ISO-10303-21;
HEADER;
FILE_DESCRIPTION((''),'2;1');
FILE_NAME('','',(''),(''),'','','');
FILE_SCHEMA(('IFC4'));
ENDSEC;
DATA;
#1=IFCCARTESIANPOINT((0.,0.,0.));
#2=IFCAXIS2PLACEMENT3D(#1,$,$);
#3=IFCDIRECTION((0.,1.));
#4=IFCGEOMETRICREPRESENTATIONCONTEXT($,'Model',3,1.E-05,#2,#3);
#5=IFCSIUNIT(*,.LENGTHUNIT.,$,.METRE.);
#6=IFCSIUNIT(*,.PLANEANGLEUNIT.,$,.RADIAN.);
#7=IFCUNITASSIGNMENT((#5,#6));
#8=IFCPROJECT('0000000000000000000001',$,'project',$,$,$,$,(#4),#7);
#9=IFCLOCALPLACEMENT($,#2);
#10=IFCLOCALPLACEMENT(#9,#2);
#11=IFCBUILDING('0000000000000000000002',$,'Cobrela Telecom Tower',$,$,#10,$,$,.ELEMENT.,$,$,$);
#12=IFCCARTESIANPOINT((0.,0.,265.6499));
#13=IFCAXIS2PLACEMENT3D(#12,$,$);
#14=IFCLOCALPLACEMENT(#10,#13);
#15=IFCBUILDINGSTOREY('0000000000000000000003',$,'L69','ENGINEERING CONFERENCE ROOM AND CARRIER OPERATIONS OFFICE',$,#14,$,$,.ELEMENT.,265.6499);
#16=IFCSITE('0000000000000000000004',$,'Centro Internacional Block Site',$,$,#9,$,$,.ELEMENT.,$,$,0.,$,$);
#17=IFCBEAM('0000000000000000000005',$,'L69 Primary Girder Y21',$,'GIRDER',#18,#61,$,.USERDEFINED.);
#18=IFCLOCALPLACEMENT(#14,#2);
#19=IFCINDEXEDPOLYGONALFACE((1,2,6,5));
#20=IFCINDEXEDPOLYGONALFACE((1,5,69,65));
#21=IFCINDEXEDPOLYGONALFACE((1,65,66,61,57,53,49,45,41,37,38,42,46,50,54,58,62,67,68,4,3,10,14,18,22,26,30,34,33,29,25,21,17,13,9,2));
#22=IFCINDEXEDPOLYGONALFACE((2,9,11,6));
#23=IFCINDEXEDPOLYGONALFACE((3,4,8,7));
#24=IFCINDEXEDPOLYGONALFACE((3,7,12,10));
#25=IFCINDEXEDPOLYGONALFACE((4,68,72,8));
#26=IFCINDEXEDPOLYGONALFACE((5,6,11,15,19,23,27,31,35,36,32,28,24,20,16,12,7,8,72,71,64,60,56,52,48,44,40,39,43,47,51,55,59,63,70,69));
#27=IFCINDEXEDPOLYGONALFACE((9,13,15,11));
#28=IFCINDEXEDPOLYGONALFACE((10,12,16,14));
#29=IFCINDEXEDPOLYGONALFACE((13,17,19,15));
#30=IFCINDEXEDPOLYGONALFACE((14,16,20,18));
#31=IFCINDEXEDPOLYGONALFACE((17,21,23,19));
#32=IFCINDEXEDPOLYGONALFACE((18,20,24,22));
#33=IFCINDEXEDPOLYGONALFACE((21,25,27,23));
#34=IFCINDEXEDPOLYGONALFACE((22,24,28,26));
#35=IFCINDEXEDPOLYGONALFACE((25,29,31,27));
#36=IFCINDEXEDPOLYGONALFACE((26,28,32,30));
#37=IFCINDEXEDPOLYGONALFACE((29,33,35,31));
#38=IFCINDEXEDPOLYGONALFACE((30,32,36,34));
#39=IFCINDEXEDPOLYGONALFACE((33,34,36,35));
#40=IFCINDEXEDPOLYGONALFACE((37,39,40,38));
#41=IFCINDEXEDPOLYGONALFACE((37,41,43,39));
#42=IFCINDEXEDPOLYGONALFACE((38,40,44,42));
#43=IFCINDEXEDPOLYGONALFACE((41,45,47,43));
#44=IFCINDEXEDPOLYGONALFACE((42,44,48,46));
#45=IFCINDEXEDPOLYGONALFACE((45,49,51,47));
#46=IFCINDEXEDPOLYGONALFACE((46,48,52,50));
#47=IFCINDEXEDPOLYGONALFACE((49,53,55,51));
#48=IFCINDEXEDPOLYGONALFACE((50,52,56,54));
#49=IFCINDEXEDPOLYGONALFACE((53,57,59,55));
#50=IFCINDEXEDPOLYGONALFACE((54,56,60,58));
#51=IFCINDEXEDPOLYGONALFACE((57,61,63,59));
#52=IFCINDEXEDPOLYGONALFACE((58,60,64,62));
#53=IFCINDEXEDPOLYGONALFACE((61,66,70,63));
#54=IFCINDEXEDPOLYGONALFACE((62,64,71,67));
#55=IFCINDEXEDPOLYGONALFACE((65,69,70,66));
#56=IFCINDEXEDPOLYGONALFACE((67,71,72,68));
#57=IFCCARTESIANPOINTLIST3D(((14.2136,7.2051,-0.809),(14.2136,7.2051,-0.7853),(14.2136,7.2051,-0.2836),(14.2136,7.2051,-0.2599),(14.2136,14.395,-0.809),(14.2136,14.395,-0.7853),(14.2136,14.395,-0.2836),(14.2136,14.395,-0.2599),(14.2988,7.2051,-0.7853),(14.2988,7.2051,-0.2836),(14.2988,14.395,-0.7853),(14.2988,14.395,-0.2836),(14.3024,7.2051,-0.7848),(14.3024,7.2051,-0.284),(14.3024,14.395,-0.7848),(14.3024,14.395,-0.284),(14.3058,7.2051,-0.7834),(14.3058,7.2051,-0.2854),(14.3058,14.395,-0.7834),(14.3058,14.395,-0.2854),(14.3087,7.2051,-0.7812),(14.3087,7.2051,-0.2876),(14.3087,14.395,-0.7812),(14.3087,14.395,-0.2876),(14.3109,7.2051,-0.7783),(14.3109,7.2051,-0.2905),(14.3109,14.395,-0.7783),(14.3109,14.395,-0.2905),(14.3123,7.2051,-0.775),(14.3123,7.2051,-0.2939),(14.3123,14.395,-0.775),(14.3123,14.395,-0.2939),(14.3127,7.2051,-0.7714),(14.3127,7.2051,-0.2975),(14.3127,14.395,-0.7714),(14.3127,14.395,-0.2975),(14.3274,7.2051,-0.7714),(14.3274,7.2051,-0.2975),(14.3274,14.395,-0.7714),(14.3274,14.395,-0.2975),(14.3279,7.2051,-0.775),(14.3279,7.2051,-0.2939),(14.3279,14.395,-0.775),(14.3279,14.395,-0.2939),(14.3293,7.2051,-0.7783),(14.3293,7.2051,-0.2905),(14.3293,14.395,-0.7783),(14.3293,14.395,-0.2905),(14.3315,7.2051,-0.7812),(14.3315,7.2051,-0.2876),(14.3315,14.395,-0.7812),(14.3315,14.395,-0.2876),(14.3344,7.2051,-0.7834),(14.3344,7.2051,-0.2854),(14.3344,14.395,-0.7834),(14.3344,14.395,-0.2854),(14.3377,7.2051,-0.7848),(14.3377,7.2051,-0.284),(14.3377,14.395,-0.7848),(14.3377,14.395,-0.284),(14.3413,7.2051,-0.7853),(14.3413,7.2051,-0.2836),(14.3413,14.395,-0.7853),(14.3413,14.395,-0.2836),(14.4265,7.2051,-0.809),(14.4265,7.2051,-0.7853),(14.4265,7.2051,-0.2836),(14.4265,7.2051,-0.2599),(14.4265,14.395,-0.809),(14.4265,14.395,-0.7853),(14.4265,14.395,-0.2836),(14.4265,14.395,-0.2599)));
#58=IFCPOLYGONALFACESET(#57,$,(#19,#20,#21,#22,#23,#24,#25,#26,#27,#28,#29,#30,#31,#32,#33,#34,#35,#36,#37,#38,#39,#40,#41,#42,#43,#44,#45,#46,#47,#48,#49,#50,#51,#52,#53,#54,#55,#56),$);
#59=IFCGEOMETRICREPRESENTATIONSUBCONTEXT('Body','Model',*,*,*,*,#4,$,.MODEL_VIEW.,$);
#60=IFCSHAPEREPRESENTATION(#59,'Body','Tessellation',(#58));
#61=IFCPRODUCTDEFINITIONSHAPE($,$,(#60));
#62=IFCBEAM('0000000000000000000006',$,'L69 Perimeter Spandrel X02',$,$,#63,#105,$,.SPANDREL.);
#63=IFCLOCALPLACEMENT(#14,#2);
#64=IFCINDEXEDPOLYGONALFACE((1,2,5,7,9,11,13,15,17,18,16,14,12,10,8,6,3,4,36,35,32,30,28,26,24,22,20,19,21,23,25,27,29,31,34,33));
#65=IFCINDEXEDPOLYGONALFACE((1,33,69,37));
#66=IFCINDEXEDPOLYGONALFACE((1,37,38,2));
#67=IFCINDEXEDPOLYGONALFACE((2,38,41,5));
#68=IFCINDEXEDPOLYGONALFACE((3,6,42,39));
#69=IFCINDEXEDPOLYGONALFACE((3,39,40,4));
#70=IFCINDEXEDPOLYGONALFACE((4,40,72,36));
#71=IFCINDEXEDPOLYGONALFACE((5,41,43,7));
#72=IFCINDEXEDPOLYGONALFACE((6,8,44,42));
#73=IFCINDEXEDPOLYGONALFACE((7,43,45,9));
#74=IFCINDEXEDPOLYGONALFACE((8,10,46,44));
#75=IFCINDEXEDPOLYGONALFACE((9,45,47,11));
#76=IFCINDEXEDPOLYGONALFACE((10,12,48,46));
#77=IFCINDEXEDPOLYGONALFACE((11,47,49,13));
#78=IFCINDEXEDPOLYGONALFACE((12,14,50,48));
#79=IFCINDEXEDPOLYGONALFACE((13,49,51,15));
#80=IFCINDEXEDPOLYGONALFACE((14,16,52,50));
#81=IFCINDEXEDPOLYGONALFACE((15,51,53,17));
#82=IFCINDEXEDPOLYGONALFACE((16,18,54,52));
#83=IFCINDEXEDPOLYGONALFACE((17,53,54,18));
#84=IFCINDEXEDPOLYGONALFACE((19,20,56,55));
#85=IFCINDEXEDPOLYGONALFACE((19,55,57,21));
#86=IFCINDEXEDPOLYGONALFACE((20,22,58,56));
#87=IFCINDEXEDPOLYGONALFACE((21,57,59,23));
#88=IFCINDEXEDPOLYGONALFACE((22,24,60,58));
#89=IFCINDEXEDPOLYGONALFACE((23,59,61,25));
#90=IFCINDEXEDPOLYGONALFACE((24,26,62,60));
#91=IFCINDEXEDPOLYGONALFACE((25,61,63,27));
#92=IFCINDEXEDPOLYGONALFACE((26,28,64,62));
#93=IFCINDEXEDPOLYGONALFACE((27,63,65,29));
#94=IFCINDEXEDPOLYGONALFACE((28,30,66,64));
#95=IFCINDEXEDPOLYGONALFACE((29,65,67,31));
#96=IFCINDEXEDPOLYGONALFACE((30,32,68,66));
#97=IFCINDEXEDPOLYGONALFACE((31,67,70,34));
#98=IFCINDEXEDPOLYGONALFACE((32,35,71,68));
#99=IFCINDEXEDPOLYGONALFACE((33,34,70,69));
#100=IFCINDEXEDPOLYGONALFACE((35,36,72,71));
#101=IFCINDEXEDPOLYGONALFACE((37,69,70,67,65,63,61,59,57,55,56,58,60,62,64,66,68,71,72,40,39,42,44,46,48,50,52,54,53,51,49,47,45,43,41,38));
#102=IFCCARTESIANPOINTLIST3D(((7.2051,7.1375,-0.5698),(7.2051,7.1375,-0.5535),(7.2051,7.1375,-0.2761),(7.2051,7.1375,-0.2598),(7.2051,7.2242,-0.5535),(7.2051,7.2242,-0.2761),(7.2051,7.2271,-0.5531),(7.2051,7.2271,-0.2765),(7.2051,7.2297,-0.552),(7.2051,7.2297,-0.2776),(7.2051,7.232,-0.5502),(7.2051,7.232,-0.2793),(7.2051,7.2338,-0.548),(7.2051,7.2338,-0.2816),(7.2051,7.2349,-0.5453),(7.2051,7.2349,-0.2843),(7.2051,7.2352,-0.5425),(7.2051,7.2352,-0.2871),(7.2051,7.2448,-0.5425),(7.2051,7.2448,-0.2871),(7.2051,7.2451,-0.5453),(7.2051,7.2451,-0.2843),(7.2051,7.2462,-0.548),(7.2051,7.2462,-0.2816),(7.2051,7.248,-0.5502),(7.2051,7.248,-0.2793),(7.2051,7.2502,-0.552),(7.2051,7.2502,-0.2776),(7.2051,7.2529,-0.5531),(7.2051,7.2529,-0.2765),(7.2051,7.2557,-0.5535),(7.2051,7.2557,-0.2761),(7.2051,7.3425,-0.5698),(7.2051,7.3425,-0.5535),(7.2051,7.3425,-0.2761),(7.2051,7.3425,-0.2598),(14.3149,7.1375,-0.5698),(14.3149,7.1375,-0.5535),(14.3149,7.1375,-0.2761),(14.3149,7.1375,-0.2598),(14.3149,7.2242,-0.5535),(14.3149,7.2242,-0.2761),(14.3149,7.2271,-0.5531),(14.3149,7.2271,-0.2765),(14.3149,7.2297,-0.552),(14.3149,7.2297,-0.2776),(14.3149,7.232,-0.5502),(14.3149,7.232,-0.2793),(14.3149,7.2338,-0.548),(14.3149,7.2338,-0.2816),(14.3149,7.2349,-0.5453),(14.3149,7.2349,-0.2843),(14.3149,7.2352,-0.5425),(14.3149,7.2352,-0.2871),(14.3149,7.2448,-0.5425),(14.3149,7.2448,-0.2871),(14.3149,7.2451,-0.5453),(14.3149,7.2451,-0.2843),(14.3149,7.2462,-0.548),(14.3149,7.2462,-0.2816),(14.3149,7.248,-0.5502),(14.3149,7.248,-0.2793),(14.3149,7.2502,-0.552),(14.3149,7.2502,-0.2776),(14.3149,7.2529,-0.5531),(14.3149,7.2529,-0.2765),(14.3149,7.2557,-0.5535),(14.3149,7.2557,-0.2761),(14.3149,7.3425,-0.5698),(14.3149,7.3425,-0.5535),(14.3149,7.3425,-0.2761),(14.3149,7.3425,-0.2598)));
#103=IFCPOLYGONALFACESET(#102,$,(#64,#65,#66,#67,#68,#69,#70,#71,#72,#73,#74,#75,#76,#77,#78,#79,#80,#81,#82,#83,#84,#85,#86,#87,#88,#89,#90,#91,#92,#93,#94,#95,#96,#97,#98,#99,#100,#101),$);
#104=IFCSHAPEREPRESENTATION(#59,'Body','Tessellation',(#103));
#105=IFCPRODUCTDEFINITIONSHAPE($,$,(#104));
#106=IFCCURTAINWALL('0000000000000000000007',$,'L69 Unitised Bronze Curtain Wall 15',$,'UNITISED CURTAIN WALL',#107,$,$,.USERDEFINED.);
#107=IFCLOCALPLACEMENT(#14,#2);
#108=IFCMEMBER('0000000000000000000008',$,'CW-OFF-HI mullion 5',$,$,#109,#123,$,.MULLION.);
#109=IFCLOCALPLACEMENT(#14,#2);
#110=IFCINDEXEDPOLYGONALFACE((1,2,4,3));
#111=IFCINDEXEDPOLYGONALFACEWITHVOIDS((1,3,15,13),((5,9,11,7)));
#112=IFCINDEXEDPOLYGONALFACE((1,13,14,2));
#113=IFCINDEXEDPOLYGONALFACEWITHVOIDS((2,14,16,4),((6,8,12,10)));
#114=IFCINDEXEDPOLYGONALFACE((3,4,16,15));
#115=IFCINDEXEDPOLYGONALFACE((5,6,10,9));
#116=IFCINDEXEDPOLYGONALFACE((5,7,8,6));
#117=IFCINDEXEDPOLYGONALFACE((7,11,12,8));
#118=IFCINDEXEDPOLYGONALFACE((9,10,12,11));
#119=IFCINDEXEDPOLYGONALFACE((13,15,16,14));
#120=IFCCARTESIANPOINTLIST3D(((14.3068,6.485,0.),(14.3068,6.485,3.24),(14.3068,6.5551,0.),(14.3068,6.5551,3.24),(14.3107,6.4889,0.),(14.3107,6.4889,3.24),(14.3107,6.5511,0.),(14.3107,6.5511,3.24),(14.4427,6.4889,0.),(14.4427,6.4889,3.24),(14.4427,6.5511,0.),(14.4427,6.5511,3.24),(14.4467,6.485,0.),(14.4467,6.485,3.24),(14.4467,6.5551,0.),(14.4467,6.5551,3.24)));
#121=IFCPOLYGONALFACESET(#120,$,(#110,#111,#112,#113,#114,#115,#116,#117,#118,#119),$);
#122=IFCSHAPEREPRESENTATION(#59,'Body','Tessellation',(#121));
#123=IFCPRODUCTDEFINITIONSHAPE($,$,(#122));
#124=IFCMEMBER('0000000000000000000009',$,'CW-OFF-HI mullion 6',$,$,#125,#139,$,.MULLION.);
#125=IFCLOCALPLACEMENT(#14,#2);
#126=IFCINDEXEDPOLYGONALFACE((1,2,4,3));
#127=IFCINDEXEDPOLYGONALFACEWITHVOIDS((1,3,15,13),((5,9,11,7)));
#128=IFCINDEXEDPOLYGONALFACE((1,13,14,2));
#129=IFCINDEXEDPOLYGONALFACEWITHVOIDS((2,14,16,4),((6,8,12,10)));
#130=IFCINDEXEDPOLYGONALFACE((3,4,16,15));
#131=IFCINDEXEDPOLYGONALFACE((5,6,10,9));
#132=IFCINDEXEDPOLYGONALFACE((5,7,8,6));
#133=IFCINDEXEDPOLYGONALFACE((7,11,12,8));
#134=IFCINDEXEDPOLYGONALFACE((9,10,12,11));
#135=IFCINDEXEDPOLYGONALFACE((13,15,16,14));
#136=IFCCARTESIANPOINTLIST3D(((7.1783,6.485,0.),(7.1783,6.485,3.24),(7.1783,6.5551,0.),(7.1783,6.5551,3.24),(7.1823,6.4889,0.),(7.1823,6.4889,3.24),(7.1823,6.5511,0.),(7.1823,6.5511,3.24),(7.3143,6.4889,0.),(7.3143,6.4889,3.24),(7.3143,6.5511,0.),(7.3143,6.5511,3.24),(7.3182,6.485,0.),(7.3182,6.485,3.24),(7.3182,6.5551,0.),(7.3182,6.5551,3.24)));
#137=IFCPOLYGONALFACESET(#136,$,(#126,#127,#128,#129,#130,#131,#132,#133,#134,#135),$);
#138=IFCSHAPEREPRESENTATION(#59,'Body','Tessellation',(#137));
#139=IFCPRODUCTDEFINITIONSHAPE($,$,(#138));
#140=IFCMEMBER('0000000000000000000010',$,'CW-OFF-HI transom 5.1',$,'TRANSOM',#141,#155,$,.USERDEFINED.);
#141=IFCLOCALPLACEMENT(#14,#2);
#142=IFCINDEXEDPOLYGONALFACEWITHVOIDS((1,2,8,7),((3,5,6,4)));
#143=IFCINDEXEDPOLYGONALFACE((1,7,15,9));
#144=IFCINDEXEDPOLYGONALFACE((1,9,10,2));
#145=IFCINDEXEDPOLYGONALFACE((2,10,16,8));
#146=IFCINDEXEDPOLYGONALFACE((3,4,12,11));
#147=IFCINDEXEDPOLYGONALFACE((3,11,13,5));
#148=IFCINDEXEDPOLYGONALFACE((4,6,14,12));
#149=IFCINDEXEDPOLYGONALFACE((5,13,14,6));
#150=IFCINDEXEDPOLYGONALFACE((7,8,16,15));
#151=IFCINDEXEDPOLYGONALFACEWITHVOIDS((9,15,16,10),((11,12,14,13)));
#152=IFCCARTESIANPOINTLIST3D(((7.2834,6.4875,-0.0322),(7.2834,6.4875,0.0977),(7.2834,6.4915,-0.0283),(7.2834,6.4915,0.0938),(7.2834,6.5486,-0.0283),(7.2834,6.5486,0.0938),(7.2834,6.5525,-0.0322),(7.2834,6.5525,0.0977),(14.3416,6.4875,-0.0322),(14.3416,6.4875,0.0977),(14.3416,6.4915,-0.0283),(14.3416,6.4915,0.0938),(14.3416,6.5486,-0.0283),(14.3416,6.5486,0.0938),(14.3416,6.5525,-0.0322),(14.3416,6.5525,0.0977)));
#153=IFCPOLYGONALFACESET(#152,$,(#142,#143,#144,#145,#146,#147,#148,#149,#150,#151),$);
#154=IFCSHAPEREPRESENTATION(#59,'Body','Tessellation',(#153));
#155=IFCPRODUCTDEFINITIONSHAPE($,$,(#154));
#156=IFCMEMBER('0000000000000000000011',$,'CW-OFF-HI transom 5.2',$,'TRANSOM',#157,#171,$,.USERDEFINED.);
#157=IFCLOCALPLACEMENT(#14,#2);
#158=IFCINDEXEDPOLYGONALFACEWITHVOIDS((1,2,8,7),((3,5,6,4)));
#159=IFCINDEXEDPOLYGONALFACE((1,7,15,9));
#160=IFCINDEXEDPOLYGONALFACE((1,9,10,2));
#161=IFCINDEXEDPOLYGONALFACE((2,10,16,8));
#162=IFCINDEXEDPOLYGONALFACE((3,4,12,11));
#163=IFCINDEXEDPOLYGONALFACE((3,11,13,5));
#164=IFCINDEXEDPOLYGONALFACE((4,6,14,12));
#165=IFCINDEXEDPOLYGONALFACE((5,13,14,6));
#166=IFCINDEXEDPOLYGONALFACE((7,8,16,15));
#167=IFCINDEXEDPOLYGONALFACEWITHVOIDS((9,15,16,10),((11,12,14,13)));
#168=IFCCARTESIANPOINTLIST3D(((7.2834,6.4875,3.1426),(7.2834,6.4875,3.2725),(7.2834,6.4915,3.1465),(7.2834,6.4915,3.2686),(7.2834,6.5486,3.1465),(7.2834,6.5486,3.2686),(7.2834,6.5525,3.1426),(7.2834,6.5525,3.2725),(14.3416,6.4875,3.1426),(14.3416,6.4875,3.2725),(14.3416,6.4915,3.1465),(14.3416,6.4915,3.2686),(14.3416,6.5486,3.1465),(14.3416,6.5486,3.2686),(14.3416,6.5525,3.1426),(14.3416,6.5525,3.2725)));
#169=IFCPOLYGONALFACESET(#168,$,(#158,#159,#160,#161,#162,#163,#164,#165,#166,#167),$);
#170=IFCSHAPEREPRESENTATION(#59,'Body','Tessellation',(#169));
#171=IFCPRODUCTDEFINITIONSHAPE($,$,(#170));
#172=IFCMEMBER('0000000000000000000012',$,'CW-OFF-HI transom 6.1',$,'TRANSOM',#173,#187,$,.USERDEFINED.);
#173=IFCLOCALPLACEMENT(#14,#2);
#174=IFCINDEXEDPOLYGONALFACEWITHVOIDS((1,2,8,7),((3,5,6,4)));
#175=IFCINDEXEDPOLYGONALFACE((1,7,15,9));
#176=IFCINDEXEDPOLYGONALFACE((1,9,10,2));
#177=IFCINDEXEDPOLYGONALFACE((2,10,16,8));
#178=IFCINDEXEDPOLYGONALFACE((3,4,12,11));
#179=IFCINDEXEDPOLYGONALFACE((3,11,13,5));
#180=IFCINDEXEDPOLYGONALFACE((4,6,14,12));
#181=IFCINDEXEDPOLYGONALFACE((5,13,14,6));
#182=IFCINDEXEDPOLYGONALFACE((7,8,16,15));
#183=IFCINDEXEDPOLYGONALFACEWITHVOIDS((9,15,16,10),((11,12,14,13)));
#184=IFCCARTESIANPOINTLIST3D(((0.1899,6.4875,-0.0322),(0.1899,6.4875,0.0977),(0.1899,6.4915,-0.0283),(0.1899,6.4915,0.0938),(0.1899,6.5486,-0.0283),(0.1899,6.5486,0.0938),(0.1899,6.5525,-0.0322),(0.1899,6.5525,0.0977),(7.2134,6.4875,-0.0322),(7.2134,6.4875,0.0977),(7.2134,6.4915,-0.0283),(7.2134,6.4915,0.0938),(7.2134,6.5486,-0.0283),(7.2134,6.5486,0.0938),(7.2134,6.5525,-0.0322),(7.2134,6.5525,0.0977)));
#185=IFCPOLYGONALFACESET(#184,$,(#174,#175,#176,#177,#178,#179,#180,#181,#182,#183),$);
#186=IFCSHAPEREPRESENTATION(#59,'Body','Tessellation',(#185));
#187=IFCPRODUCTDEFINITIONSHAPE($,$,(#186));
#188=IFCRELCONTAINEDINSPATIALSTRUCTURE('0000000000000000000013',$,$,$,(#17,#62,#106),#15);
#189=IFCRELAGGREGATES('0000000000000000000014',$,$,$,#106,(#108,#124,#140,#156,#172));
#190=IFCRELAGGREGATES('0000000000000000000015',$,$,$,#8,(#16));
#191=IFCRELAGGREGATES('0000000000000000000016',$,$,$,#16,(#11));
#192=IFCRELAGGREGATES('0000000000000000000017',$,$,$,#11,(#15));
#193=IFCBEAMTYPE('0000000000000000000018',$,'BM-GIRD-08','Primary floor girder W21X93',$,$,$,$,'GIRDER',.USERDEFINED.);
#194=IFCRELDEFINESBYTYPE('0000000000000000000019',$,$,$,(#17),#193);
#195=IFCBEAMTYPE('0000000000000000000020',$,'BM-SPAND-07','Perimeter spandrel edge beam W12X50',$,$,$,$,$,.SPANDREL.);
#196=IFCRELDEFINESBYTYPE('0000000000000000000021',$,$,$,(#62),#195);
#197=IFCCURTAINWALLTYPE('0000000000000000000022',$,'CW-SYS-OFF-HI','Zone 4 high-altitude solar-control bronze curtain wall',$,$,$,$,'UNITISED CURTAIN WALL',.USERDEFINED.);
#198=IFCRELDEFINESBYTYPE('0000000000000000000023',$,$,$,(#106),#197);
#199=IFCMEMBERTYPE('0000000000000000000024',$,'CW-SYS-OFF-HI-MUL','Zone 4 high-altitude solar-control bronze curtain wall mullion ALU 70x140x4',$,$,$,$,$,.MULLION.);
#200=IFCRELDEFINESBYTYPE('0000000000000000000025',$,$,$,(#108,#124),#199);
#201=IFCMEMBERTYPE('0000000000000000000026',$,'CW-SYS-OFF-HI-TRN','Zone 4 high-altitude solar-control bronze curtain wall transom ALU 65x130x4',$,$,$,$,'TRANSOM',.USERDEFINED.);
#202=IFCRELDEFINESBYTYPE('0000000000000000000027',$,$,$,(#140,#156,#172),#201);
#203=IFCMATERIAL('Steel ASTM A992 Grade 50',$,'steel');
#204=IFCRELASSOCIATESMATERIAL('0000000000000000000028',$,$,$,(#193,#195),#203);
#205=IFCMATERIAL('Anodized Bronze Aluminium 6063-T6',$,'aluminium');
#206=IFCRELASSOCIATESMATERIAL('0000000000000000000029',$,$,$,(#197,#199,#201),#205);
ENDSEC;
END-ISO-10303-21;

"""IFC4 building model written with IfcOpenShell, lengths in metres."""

from ifc_helpers import new_model, si_unit, direction, frame, origin, origin_2d, place, context, subcontext, project, spatial, hollow_rectangle, i_section, extrude, material, material_profile, profile_set, type_object, element, aggregate, save


model = new_model("IFC4")

# Units and contexts
model_context = context("Model", 3, precision=1e-05, world=origin(), true_north=direction((0.0, 1.0)))
body_context = subcontext(model_context, "Body", "Model", "MODEL_VIEW")
ifc_project = project(units=[si_unit("LENGTHUNIT", "METRE"), si_unit("PLANEANGLEUNIT", "RADIAN")], contexts=[model_context])

# Site, building, storey
site_placement = place(None, origin())
site = spatial("IfcSite", under=ifc_project, at=site_placement, Name="Centro Internacional Block Site", CompositionType="ELEMENT", RefElevation=0.0)
building_placement = place(site_placement, origin())
building = spatial("IfcBuilding", under=site, at=building_placement, Name="Cobrela Telecom Tower", CompositionType="ELEMENT")
storey_placement = place(building_placement, frame((0.0, 0.0, 265.6499)))
storey = spatial("IfcBuildingStorey", under=building, at=storey_placement, Name="L69", Description="ENGINEERING CONFERENCE ROOM AND CARRIER OPERATIONS OFFICE", CompositionType="ELEMENT", Elevation=265.6499)

# Beams
ifc_material_1 = material(Name="Steel ASTM A992 Grade 50", Category="steel")
ifc_material_profile_1 = material_profile(ifc_material_1, i_section(OverallWidth=0.2129, OverallDepth=0.5491, WebThickness=0.0146, FlangeThickness=0.0237, FilletRadius=0.0139, at=origin_2d()), Name="W21X93")
ifc_profile_set_1 = profile_set([ifc_material_profile_1], Name="Steel ASTM A992 Grade 50")
beam_type_1 = type_object("IfcBeamType", Name="BM-GIRD-08", Description="Primary floor girder W21X93", ElementType="GIRDER", PredefinedType="USERDEFINED", material=ifc_profile_set_1)
beam_1_placement = place(storey_placement, frame((14.3201, 7.2051, -0.5344), z_axis=(0.0, 1.0, 0.0), x_axis=(-1.0, 0.0, 0.0)))
element("IfcBeam", 1, at=beam_1_placement, inside=storey, type_object=beam_type_1, Name="L69 Primary Girder Y21", ObjectType="GIRDER", PredefinedType="USERDEFINED", context=body_context, shape_type="SweptSolid", body=[
    extrude(i_section(OverallWidth=0.2129, OverallDepth=0.5491, WebThickness=0.0146, FlangeThickness=0.0237, FilletRadius=0.0139, at=origin_2d()), origin(), (0.0, 0.0, 1.0), 7.1899),
])
ifc_material_profile_2 = material_profile(ifc_material_1, i_section(OverallWidth=0.2051, OverallDepth=0.3101, WebThickness=0.0095, FlangeThickness=0.0164, FilletRadius=0.011, at=origin_2d()), Name="W12X50")
ifc_profile_set_2 = profile_set([ifc_material_profile_2], Name="Steel ASTM A992 Grade 50")
beam_type_2 = type_object("IfcBeamType", Name="BM-SPAND-07", Description="Perimeter spandrel edge beam W12X50", PredefinedType="SPANDREL", material=ifc_profile_set_2)
beam_2_placement = place(storey_placement, frame((7.2051, 7.24, -0.4148), z_axis=(1.0, 0.0, 0.0), x_axis=(0.0, 1.0, 0.0)))
element("IfcBeam", 2, at=beam_2_placement, inside=storey, type_object=beam_type_2, Name="L69 Perimeter Spandrel X02", PredefinedType="SPANDREL", context=body_context, shape_type="SweptSolid", body=[
    extrude(i_section(OverallWidth=0.2051, OverallDepth=0.3101, WebThickness=0.0095, FlangeThickness=0.0164, FilletRadius=0.011, at=origin_2d()), origin(), (0.0, 0.0, 1.0), 7.1099),
])

# Curtain wall, members
ifc_material_2 = material(Name="Anodized Bronze Aluminium 6063-T6", Category="aluminium")
curtain_wall_type = type_object("IfcCurtainWallType", Name="CW-SYS-OFF-HI", Description="Zone 4 high-altitude solar-control bronze curtain wall", ElementType="UNITISED CURTAIN WALL", PredefinedType="USERDEFINED", material=ifc_material_2)
curtain_wall_placement = place(storey_placement, origin())
curtain_wall = element("IfcCurtainWall", 3, at=curtain_wall_placement, inside=storey, type_object=curtain_wall_type, Name="L69 Unitised Bronze Curtain Wall 15", ObjectType="UNITISED CURTAIN WALL", PredefinedType="USERDEFINED")
ifc_material_profile_3 = material_profile(ifc_material_2, hollow_rectangle(XDim=0.0701, YDim=0.1399, WallThickness=0.0039, at=origin_2d()), Name="ALU 70x140x4")
ifc_profile_set_3 = profile_set([ifc_material_profile_3], Name="Anodized Bronze Aluminium 6063-T6")
member_type_1 = type_object("IfcMemberType", Name="CW-SYS-OFF-HI-MUL", Description="Zone 4 high-altitude solar-control bronze curtain wall mullion ALU 70x140x4", PredefinedType="MULLION", material=ifc_profile_set_3)
member_1_placement = place(storey_placement, frame((14.3767, 6.52, 0.0), z_axis=(0.0, 0.0, 1.0), x_axis=(0.0, -1.0, 0.0)))
member_1 = element("IfcMember", 4, at=member_1_placement, type_object=member_type_1, Name="CW-OFF-HI mullion 5", PredefinedType="MULLION", context=body_context, shape_type="SweptSolid", body=[
    extrude(hollow_rectangle(XDim=0.0701, YDim=0.1399, WallThickness=0.0039, at=origin_2d()), origin(), (0.0, 0.0, 1.0), 3.24),
])
member_2_placement = place(storey_placement, frame((7.2483, 6.52, 0.0), z_axis=(0.0, 0.0, 1.0), x_axis=(0.0, -1.0, 0.0)))
member_2 = element("IfcMember", 5, at=member_2_placement, type_object=member_type_1, Name="CW-OFF-HI mullion 6", PredefinedType="MULLION", context=body_context, shape_type="SweptSolid", body=[
    extrude(hollow_rectangle(XDim=0.0701, YDim=0.1399, WallThickness=0.0039, at=origin_2d()), origin(), (0.0, 0.0, 1.0), 3.24),
])
ifc_material_profile_4 = material_profile(ifc_material_2, hollow_rectangle(XDim=0.0649, YDim=0.1299, WallThickness=0.0039, at=origin_2d()), Name="ALU 65x130x4")
ifc_profile_set_4 = profile_set([ifc_material_profile_4], Name="Anodized Bronze Aluminium 6063-T6")
member_type_2 = type_object("IfcMemberType", Name="CW-SYS-OFF-HI-TRN", Description="Zone 4 high-altitude solar-control bronze curtain wall transom ALU 65x130x4", ElementType="TRANSOM", PredefinedType="USERDEFINED", material=ifc_profile_set_4)
member_3_placement = place(storey_placement, frame((14.3416, 6.52, 0.0327), z_axis=(-1.0, 0.0, 0.0), x_axis=(0.0, -1.0, 0.0)))
member_3 = element("IfcMember", 6, at=member_3_placement, type_object=member_type_2, Name="CW-OFF-HI transom 5.1", ObjectType="TRANSOM", PredefinedType="USERDEFINED", context=body_context, shape_type="SweptSolid", body=[
    extrude(hollow_rectangle(XDim=0.0649, YDim=0.1299, WallThickness=0.0039, at=origin_2d()), origin(), (0.0, 0.0, 1.0), 7.0581),
])
member_4_placement = place(storey_placement, frame((14.3416, 6.52, 3.2075), z_axis=(-1.0, 0.0, 0.0), x_axis=(0.0, -1.0, 0.0)))
member_4 = element("IfcMember", 7, at=member_4_placement, type_object=member_type_2, Name="CW-OFF-HI transom 5.2", ObjectType="TRANSOM", PredefinedType="USERDEFINED", context=body_context, shape_type="SweptSolid", body=[
    extrude(hollow_rectangle(XDim=0.0649, YDim=0.1299, WallThickness=0.0039, at=origin_2d()), origin(), (0.0, 0.0, 1.0), 7.0581),
])
member_5_placement = place(storey_placement, frame((7.2134, 6.52, 0.0327), z_axis=(-1.0, 0.0, 0.0), x_axis=(0.0, -1.0, 0.0)))
member_5 = element("IfcMember", 8, at=member_5_placement, type_object=member_type_2, Name="CW-OFF-HI transom 6.1", ObjectType="TRANSOM", PredefinedType="USERDEFINED", context=body_context, shape_type="SweptSolid", body=[
    extrude(hollow_rectangle(XDim=0.0649, YDim=0.1299, WallThickness=0.0039, at=origin_2d()), origin(), (0.0, 0.0, 1.0), 7.0234),
])
aggregate(curtain_wall, [member_1, member_2, member_3, member_4, member_5])

save(model, "model.ifc")
